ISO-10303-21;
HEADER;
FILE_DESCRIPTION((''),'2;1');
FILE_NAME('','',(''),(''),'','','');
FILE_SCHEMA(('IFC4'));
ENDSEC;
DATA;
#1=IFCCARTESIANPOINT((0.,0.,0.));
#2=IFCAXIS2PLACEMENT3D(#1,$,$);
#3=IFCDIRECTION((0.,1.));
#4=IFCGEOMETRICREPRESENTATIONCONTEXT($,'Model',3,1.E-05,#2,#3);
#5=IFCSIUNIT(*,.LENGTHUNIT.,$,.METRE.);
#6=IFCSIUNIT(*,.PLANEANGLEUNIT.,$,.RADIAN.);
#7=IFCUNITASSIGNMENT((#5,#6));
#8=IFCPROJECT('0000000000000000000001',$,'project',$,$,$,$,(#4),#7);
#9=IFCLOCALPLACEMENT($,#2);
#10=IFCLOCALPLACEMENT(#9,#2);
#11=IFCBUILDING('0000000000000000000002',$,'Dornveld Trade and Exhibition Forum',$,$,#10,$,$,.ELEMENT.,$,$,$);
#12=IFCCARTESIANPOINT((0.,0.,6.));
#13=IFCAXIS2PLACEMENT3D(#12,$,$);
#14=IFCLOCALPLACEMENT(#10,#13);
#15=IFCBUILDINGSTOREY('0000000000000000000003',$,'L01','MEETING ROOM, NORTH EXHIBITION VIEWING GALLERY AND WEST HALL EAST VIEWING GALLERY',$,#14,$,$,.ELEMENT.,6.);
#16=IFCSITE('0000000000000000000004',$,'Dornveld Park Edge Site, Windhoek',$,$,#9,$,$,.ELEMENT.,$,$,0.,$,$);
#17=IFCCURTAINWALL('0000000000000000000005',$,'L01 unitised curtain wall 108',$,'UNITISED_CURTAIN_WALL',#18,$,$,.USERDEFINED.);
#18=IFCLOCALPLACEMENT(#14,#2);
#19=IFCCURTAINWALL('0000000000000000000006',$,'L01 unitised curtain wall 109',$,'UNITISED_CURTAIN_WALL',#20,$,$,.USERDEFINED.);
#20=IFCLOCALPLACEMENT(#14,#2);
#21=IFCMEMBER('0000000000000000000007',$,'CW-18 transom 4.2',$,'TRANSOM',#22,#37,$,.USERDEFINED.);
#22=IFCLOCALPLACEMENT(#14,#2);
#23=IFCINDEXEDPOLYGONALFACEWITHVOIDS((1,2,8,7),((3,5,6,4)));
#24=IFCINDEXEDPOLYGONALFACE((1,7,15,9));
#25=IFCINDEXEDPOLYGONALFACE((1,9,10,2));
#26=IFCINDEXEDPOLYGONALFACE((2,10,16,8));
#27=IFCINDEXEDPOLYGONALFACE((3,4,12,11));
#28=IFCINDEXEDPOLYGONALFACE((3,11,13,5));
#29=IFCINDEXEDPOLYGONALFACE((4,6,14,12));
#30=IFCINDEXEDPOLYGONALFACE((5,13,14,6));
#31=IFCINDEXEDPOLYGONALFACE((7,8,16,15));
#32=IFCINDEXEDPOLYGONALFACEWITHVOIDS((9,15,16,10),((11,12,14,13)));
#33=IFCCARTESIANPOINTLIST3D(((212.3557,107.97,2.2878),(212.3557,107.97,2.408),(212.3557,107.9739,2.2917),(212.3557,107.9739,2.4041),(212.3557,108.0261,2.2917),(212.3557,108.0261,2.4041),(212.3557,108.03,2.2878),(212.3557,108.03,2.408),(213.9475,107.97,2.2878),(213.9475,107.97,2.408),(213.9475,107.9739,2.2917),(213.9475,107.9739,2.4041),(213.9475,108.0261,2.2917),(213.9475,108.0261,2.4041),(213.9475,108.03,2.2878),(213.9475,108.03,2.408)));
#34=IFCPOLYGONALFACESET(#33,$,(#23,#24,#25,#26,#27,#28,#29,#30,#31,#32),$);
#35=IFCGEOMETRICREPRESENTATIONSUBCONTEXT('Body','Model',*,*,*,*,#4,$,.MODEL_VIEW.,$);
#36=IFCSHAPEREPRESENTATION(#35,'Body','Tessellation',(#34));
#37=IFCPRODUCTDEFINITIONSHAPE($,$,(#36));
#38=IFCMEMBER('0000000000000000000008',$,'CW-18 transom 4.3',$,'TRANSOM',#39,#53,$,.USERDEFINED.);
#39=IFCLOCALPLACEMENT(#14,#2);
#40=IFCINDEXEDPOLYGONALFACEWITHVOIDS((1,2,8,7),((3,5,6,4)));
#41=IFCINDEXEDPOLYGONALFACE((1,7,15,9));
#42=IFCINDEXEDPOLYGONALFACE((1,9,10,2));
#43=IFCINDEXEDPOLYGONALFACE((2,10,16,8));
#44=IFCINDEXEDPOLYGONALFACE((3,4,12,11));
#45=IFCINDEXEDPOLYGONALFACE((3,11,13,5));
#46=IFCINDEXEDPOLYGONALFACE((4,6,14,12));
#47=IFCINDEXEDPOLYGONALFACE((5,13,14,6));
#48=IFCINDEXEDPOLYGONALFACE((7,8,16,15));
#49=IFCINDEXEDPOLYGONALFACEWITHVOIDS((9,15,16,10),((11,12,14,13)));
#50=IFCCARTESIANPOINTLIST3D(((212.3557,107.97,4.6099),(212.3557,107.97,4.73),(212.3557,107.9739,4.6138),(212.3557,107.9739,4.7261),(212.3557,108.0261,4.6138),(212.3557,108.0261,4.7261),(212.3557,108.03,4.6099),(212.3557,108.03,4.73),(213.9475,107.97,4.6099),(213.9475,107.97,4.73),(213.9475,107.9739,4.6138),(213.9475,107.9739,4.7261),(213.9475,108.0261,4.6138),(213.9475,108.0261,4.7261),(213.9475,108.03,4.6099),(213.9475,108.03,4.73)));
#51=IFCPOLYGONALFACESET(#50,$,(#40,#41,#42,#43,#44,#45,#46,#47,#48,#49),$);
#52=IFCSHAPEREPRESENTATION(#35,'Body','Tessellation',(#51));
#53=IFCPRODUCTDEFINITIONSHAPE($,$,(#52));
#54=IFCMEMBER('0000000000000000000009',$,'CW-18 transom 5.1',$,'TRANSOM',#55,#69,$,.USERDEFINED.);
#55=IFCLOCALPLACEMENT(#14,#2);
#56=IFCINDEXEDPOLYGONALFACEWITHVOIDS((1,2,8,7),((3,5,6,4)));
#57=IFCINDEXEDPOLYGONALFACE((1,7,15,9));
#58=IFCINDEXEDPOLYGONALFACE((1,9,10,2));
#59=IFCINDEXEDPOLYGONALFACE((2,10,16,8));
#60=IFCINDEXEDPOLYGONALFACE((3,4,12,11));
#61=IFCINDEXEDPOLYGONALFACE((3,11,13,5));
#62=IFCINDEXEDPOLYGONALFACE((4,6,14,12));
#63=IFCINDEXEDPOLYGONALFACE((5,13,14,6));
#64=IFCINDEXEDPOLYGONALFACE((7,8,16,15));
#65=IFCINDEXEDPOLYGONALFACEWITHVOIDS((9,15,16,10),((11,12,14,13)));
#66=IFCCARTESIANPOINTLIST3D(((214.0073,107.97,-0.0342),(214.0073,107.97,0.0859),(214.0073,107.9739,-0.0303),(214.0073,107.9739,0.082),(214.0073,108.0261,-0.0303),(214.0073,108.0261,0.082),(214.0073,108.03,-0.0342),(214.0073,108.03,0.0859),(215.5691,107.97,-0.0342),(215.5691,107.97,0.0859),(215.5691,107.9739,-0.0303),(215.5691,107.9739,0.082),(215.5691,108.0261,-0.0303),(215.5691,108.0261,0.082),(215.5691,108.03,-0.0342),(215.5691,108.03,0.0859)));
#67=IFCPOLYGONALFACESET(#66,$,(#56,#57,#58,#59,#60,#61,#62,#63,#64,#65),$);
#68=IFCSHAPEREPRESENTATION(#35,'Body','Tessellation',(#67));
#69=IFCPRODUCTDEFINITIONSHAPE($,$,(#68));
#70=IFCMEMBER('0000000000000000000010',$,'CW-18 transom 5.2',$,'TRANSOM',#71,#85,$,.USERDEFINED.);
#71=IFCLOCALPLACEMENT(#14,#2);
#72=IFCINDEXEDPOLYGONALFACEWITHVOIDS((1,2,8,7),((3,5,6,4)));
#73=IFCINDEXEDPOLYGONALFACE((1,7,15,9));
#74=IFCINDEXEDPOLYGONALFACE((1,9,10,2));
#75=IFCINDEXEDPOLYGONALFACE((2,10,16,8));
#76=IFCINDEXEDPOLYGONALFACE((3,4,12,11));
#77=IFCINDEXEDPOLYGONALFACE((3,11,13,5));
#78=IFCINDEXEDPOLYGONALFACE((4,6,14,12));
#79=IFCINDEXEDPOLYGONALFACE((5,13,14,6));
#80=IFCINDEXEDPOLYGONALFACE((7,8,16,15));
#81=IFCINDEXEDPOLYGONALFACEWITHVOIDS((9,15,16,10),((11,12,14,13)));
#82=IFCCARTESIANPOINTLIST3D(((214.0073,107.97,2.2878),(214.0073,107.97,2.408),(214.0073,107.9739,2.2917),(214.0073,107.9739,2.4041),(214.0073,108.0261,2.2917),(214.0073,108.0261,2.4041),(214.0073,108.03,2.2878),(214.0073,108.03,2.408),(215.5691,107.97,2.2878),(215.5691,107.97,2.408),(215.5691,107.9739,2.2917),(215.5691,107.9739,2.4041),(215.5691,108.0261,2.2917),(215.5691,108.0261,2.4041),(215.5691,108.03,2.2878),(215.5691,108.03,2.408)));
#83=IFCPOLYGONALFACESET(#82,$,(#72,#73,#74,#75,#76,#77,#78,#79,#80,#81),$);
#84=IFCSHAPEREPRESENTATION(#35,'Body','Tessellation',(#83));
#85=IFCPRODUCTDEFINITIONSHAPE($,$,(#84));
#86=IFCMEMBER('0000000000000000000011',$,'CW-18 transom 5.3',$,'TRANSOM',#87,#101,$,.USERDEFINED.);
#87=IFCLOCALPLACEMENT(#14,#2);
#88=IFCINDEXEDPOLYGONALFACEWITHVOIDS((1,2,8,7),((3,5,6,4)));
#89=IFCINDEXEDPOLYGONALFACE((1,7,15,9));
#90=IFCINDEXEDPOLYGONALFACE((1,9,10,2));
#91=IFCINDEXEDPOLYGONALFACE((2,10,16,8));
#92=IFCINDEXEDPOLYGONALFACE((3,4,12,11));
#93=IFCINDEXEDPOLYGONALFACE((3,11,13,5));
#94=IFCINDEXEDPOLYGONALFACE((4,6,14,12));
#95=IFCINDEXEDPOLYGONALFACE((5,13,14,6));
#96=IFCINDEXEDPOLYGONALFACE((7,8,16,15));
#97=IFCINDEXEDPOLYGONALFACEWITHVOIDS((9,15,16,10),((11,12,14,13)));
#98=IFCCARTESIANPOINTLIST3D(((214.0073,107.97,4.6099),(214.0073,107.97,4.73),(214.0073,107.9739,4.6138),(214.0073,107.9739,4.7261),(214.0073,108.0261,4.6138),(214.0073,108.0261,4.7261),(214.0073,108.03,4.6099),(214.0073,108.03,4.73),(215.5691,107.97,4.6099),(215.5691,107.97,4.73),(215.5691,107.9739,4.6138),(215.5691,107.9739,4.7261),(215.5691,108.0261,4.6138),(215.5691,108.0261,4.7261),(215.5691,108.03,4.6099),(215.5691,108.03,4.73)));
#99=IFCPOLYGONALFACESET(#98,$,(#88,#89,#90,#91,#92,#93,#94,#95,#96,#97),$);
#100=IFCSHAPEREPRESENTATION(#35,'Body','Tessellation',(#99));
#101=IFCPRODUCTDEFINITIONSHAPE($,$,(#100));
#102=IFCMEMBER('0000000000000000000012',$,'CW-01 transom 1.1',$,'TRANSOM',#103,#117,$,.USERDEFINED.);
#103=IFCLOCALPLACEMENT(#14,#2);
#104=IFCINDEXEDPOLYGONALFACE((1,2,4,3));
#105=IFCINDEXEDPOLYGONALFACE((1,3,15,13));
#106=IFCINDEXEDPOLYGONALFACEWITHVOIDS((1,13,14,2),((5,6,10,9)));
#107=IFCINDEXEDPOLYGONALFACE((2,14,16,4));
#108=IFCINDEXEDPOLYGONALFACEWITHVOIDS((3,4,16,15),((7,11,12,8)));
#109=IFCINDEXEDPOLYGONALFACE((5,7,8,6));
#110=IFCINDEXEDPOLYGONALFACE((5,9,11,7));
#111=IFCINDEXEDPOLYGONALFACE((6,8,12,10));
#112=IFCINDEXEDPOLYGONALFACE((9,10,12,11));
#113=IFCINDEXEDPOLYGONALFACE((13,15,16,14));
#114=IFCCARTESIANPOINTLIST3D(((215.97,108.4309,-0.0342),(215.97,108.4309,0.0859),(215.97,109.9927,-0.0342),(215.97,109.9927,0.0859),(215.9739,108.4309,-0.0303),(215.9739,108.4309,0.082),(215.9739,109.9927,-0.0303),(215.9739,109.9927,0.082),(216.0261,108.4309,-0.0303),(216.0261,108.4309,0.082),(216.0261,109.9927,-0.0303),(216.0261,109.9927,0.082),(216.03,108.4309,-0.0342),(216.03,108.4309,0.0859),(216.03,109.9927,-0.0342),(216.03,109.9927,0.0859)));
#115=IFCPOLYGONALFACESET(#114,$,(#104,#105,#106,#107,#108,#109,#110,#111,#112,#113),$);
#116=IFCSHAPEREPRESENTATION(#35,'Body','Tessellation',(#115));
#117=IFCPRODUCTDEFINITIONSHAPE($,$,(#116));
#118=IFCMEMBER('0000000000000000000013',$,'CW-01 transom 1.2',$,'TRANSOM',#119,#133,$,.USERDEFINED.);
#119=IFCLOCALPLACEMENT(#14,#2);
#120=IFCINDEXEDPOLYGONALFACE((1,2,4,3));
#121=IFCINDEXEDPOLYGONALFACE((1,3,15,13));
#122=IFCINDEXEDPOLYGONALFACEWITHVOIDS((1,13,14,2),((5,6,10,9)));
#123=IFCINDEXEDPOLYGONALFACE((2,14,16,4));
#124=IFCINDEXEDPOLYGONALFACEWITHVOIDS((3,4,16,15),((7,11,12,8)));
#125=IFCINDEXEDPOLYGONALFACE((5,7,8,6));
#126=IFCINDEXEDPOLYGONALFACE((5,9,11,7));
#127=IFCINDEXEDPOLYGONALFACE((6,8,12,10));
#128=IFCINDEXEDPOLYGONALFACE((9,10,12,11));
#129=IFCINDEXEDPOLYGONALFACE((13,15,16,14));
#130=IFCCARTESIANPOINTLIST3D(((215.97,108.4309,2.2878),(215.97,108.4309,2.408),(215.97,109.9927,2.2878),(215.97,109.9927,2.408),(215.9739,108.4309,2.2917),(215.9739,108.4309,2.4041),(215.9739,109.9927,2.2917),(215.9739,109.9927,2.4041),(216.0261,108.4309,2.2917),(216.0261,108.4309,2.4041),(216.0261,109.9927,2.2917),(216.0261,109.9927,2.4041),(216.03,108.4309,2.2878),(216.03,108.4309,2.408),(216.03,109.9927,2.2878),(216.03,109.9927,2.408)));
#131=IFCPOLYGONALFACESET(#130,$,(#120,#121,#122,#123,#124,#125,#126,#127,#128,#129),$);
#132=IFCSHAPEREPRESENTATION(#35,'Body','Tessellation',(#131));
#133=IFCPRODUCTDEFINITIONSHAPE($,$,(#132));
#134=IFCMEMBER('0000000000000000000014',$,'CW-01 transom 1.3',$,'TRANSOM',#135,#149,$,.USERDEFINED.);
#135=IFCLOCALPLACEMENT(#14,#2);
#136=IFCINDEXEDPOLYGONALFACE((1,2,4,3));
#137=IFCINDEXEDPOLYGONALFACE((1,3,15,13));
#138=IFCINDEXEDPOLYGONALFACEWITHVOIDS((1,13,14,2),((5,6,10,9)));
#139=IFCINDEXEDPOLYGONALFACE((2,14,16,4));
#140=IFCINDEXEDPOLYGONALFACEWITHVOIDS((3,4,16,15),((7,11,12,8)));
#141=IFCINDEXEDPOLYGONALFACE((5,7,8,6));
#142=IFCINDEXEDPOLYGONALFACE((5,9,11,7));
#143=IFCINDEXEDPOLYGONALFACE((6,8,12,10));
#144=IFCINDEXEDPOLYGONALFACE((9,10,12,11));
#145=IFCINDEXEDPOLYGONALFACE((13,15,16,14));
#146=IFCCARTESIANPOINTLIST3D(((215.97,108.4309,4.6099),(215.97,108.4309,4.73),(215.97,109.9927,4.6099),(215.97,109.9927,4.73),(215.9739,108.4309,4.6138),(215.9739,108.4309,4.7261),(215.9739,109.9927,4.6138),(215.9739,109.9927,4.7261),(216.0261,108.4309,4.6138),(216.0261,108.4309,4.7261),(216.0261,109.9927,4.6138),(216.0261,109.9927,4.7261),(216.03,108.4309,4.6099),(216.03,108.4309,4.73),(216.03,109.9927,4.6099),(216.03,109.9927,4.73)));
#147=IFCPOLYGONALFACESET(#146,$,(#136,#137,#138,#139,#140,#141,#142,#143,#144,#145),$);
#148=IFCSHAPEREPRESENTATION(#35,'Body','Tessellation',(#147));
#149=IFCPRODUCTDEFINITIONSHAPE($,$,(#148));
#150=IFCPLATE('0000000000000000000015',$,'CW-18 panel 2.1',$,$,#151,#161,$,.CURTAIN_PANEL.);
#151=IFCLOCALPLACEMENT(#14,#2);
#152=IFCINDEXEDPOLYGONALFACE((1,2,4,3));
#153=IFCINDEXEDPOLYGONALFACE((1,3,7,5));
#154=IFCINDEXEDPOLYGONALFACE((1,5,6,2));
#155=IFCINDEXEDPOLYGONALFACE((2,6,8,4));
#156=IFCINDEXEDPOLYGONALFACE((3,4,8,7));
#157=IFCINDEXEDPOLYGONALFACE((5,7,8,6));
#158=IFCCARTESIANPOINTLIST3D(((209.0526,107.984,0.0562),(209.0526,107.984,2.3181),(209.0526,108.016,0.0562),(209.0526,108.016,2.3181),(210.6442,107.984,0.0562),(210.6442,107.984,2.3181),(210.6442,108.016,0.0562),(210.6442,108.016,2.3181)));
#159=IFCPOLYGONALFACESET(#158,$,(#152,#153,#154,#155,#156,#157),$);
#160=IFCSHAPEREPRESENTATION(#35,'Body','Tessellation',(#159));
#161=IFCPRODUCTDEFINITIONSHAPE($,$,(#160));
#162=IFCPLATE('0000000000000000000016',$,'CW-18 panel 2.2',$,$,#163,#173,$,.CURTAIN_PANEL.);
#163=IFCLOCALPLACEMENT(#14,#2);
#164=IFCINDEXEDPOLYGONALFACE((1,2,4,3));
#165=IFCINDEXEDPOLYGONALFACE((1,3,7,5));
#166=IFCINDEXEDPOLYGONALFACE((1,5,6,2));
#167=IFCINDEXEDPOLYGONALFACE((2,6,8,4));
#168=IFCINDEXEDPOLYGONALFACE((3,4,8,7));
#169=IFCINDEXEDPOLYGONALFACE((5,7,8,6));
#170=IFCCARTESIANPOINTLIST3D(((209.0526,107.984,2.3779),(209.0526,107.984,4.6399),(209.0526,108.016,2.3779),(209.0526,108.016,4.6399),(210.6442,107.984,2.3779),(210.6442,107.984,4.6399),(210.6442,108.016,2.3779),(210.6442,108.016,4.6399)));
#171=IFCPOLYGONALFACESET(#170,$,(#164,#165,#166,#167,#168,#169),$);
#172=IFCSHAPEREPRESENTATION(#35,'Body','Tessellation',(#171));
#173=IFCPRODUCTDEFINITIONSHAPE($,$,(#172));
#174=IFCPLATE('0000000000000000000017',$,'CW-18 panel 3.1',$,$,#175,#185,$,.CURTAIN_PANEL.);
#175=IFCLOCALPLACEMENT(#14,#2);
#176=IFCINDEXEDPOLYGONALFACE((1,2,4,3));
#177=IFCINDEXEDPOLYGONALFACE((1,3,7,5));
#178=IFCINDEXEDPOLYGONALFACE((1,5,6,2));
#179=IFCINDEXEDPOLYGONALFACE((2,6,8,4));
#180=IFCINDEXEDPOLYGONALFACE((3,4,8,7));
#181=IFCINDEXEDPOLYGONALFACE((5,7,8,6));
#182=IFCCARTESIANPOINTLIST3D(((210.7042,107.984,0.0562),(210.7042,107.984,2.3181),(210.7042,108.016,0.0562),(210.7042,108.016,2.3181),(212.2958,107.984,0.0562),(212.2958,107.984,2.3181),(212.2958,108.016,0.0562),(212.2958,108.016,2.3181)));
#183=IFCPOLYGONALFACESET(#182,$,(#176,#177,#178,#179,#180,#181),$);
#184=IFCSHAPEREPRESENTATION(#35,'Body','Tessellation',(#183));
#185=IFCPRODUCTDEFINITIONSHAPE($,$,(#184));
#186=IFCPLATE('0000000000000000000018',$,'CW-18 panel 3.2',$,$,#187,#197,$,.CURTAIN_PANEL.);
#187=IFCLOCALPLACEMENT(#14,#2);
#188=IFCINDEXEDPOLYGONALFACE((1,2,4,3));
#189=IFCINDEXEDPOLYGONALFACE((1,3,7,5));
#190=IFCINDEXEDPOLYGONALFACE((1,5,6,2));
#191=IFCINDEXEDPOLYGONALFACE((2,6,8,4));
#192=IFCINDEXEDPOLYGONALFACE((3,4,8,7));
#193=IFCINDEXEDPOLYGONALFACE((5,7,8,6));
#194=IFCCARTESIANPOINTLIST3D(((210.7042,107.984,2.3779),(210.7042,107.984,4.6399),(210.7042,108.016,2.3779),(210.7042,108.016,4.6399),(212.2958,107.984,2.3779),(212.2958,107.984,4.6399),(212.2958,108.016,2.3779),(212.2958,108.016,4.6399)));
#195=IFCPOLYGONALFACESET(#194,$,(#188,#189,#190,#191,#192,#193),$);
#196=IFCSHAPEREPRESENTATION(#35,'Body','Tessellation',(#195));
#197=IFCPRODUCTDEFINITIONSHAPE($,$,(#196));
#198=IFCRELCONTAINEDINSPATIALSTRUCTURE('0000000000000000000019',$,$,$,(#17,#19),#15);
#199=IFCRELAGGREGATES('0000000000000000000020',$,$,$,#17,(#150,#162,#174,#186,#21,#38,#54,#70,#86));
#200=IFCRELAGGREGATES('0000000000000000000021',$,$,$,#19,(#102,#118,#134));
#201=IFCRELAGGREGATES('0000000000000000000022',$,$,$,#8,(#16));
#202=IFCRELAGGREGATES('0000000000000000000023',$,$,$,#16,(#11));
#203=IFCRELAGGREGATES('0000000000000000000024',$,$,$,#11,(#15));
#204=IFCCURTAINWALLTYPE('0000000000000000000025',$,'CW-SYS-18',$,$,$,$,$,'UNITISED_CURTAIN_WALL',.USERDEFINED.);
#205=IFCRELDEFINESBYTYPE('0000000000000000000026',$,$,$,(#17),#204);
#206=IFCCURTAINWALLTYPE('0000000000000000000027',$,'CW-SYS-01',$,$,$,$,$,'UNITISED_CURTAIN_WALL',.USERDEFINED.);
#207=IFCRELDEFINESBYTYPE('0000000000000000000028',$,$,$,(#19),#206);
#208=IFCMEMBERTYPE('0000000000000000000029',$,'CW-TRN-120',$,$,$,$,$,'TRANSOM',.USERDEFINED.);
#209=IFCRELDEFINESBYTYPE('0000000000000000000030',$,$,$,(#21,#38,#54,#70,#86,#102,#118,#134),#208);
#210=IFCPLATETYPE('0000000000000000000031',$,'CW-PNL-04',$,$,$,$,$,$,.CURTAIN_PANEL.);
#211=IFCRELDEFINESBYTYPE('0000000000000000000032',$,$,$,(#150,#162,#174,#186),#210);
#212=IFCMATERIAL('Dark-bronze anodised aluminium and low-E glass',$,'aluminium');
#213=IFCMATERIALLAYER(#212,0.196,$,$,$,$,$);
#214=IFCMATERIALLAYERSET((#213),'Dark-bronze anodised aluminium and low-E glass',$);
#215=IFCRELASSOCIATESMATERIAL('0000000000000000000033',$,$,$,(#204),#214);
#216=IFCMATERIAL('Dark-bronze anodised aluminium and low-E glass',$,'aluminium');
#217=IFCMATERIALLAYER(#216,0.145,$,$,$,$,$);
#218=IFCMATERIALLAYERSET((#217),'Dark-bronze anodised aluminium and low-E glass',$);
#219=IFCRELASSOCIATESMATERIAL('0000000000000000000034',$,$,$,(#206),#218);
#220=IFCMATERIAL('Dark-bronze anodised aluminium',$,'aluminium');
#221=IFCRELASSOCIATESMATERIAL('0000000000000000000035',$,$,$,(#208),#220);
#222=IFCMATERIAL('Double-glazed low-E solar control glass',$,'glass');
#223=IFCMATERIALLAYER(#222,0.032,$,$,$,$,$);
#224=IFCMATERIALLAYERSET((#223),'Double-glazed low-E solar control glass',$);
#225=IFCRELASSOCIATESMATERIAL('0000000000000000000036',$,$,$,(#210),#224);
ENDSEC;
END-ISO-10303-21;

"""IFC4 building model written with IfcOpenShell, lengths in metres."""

from ifc_helpers import new_model, si_unit, direction, frame, origin, origin_2d, place, context, subcontext, project, spatial, rectangle, hollow_rectangle, extrude, material, layer, layer_set, material_profile, profile_set, type_object, element, aggregate, save


model = new_model("IFC4")

# Units and contexts
model_context = context("Model", 3, precision=1e-05, world=origin(), true_north=direction((0.0, 1.0)))
body_context = subcontext(model_context, "Body", "Model", "MODEL_VIEW")
ifc_project = project(units=[si_unit("LENGTHUNIT", "METRE"), si_unit("PLANEANGLEUNIT", "RADIAN")], contexts=[model_context])

# Site, building, storey
site_placement = place(None, origin())
site = spatial("IfcSite", under=ifc_project, at=site_placement, Name="Dornveld Park Edge Site, Windhoek", CompositionType="ELEMENT", RefElevation=0.0)
building_placement = place(site_placement, origin())
building = spatial("IfcBuilding", under=site, at=building_placement, Name="Dornveld Trade and Exhibition Forum", CompositionType="ELEMENT")
storey_placement = place(building_placement, frame((0.0, 0.0, 6.0)))
storey = spatial("IfcBuildingStorey", under=building, at=storey_placement, Name="L01", Description="MEETING ROOM, NORTH EXHIBITION VIEWING GALLERY AND WEST HALL EAST VIEWING GALLERY", CompositionType="ELEMENT", Elevation=6.0)

# Curtain wall
ifc_material_1 = material(Name="Dark-bronze anodised aluminium and low-E glass", Category="aluminium")
ifc_layer_1 = layer(ifc_material_1, 0.196)
ifc_layer_set_1 = layer_set([ifc_layer_1], Name="Dark-bronze anodised aluminium and low-E glass")
curtain_wall_type_1 = type_object("IfcCurtainWallType", Name="CW-SYS-18", ElementType="UNITISED_CURTAIN_WALL", PredefinedType="USERDEFINED", material=ifc_layer_set_1)
curtain_wall_1_placement = place(storey_placement, origin())
curtain_wall_1 = element("IfcCurtainWall", 1, at=curtain_wall_1_placement, inside=storey, type_object=curtain_wall_type_1, Name="L01 unitised curtain wall 108", ObjectType="UNITISED_CURTAIN_WALL", PredefinedType="USERDEFINED")

# Curtain wall
ifc_material_2 = material(Name="Dark-bronze anodised aluminium and low-E glass", Category="aluminium")
ifc_layer_2 = layer(ifc_material_2, 0.145)
ifc_layer_set_2 = layer_set([ifc_layer_2], Name="Dark-bronze anodised aluminium and low-E glass")
curtain_wall_type_2 = type_object("IfcCurtainWallType", Name="CW-SYS-01", ElementType="UNITISED_CURTAIN_WALL", PredefinedType="USERDEFINED", material=ifc_layer_set_2)
curtain_wall_2_placement = place(storey_placement, origin())
curtain_wall_2 = element("IfcCurtainWall", 2, at=curtain_wall_2_placement, inside=storey, type_object=curtain_wall_type_2, Name="L01 unitised curtain wall 109", ObjectType="UNITISED_CURTAIN_WALL", PredefinedType="USERDEFINED")

# Members
ifc_material_3 = material(Name="Dark-bronze anodised aluminium", Category="aluminium")
ifc_material_profile_1 = material_profile(ifc_material_3, hollow_rectangle(XDim=0.0601, YDim=0.1201, WallThickness=0.0039, at=origin_2d()), Name="RHS 120x60x4")
ifc_profile_set_1 = profile_set([ifc_material_profile_1], Name="Dark-bronze anodised aluminium")
member_type_1 = type_object("IfcMemberType", Name="CW-TRN-120", ElementType="TRANSOM", PredefinedType="USERDEFINED", material=ifc_profile_set_1)
member_1_placement = place(storey_placement, frame((212.3557, 108.0, 2.3479), z_axis=(1.0, 0.0, 0.0), x_axis=(0.0, 1.0, 0.0)))
member_1 = element("IfcMember", 3, at=member_1_placement, type_object=member_type_1, Name="CW-18 transom 4.2", ObjectType="TRANSOM", PredefinedType="USERDEFINED", context=body_context, shape_type="SweptSolid", body=[
    extrude(hollow_rectangle(XDim=0.0601, YDim=0.1201, WallThickness=0.0039, at=origin_2d()), origin(), (0.0, 0.0, 1.0), 1.5918),
])
member_2_placement = place(storey_placement, frame((212.3557, 108.0, 4.6699), z_axis=(1.0, 0.0, 0.0), x_axis=(0.0, 1.0, 0.0)))
member_2 = element("IfcMember", 4, at=member_2_placement, type_object=member_type_1, Name="CW-18 transom 4.3", ObjectType="TRANSOM", PredefinedType="USERDEFINED", context=body_context, shape_type="SweptSolid", body=[
    extrude(hollow_rectangle(XDim=0.0601, YDim=0.1201, WallThickness=0.0039, at=origin_2d()), origin(), (0.0, 0.0, 1.0), 1.5918),
])
member_3_placement = place(storey_placement, frame((214.0073, 108.0, 0.0259), z_axis=(1.0, 0.0, 0.0), x_axis=(0.0, 1.0, 0.0)))
member_3 = element("IfcMember", 5, at=member_3_placement, type_object=member_type_1, Name="CW-18 transom 5.1", ObjectType="TRANSOM", PredefinedType="USERDEFINED", context=body_context, shape_type="SweptSolid", body=[
    extrude(hollow_rectangle(XDim=0.0601, YDim=0.1201, WallThickness=0.0039, at=origin_2d()), origin(), (0.0, 0.0, 1.0), 1.5618),
])
member_4_placement = place(storey_placement, frame((214.0073, 108.0, 2.3479), z_axis=(1.0, 0.0, 0.0), x_axis=(0.0, 1.0, 0.0)))
member_4 = element("IfcMember", 6, at=member_4_placement, type_object=member_type_1, Name="CW-18 transom 5.2", ObjectType="TRANSOM", PredefinedType="USERDEFINED", context=body_context, shape_type="SweptSolid", body=[
    extrude(hollow_rectangle(XDim=0.0601, YDim=0.1201, WallThickness=0.0039, at=origin_2d()), origin(), (0.0, 0.0, 1.0), 1.5618),
])
member_5_placement = place(storey_placement, frame((214.0073, 108.0, 4.6699), z_axis=(1.0, 0.0, 0.0), x_axis=(0.0, 1.0, 0.0)))
member_5 = element("IfcMember", 7, at=member_5_placement, type_object=member_type_1, Name="CW-18 transom 5.3", ObjectType="TRANSOM", PredefinedType="USERDEFINED", context=body_context, shape_type="SweptSolid", body=[
    extrude(hollow_rectangle(XDim=0.0601, YDim=0.1201, WallThickness=0.0039, at=origin_2d()), origin(), (0.0, 0.0, 1.0), 1.5618),
])
member_6_placement = place(storey_placement, frame((216.0, 108.4309, 0.0259), z_axis=(0.0, 1.0, 0.0), x_axis=(-1.0, 0.0, 0.0)))
member_6 = element("IfcMember", 8, at=member_6_placement, type_object=member_type_1, Name="CW-01 transom 1.1", ObjectType="TRANSOM", PredefinedType="USERDEFINED", context=body_context, shape_type="SweptSolid", body=[
    extrude(hollow_rectangle(XDim=0.0601, YDim=0.1201, WallThickness=0.0039, at=origin_2d()), origin(), (0.0, 0.0, 1.0), 1.5618),
])
member_7_placement = place(storey_placement, frame((216.0, 108.4309, 2.3479), z_axis=(0.0, 1.0, 0.0), x_axis=(-1.0, 0.0, 0.0)))
member_7 = element("IfcMember", 9, at=member_7_placement, type_object=member_type_1, Name="CW-01 transom 1.2", ObjectType="TRANSOM", PredefinedType="USERDEFINED", context=body_context, shape_type="SweptSolid", body=[
    extrude(hollow_rectangle(XDim=0.0601, YDim=0.1201, WallThickness=0.0039, at=origin_2d()), origin(), (0.0, 0.0, 1.0), 1.5618),
])
member_8_placement = place(storey_placement, frame((216.0, 108.4309, 4.6699), z_axis=(0.0, 1.0, 0.0), x_axis=(-1.0, 0.0, 0.0)))
member_8 = element("IfcMember", 10, at=member_8_placement, type_object=member_type_1, Name="CW-01 transom 1.3", ObjectType="TRANSOM", PredefinedType="USERDEFINED", context=body_context, shape_type="SweptSolid", body=[
    extrude(hollow_rectangle(XDim=0.0601, YDim=0.1201, WallThickness=0.0039, at=origin_2d()), origin(), (0.0, 0.0, 1.0), 1.5618),
])

# Plates
ifc_material_4 = material(Name="Double-glazed low-E solar control glass", Category="glass")
ifc_layer_3 = layer(ifc_material_4, 0.032)
ifc_layer_set_3 = layer_set([ifc_layer_3], Name="Double-glazed low-E solar control glass")
plate_type_1 = type_object("IfcPlateType", Name="CW-PNL-04", PredefinedType="CURTAIN_PANEL", material=ifc_layer_set_3)
plate_1_placement = place(storey_placement, frame((209.8484, 108.0, 0.0562), z_axis=(0.0, 0.0, 1.0), x_axis=(1.0, 0.0, 0.0)))
plate_1 = element("IfcPlate", 11, at=plate_1_placement, type_object=plate_type_1, Name="CW-18 panel 2.1", PredefinedType="CURTAIN_PANEL", context=body_context, shape_type="SweptSolid", body=[
    extrude(rectangle(XDim=1.5916, YDim=0.032, at=origin_2d()), origin(), (0.0, 0.0, 1.0), 2.262),
])
plate_2_placement = place(storey_placement, frame((209.8484, 108.0, 2.3779), z_axis=(0.0, 0.0, 1.0), x_axis=(1.0, 0.0, 0.0)))
plate_2 = element("IfcPlate", 12, at=plate_2_placement, type_object=plate_type_1, Name="CW-18 panel 2.2", PredefinedType="CURTAIN_PANEL", context=body_context, shape_type="SweptSolid", body=[
    extrude(rectangle(XDim=1.5916, YDim=0.032, at=origin_2d()), origin(), (0.0, 0.0, 1.0), 2.262),
])
plate_3_placement = place(storey_placement, frame((211.5, 108.0, 0.0562), z_axis=(0.0, 0.0, 1.0), x_axis=(1.0, 0.0, 0.0)))
plate_3 = element("IfcPlate", 13, at=plate_3_placement, type_object=plate_type_1, Name="CW-18 panel 3.1", PredefinedType="CURTAIN_PANEL", context=body_context, shape_type="SweptSolid", body=[
    extrude(rectangle(XDim=1.5916, YDim=0.032, at=origin_2d()), origin(), (0.0, 0.0, 1.0), 2.262),
])
plate_4_placement = place(storey_placement, frame((211.5, 108.0, 2.3779), z_axis=(0.0, 0.0, 1.0), x_axis=(1.0, 0.0, 0.0)))
plate_4 = element("IfcPlate", 14, at=plate_4_placement, type_object=plate_type_1, Name="CW-18 panel 3.2", PredefinedType="CURTAIN_PANEL", context=body_context, shape_type="SweptSolid", body=[
    extrude(rectangle(XDim=1.5916, YDim=0.032, at=origin_2d()), origin(), (0.0, 0.0, 1.0), 2.262),
])
aggregate(curtain_wall_1, [plate_1, plate_2, plate_3, plate_4, member_1, member_2, member_3, member_4, member_5])
aggregate(curtain_wall_2, [member_6, member_7, member_8])

save(model, "model.ifc")
